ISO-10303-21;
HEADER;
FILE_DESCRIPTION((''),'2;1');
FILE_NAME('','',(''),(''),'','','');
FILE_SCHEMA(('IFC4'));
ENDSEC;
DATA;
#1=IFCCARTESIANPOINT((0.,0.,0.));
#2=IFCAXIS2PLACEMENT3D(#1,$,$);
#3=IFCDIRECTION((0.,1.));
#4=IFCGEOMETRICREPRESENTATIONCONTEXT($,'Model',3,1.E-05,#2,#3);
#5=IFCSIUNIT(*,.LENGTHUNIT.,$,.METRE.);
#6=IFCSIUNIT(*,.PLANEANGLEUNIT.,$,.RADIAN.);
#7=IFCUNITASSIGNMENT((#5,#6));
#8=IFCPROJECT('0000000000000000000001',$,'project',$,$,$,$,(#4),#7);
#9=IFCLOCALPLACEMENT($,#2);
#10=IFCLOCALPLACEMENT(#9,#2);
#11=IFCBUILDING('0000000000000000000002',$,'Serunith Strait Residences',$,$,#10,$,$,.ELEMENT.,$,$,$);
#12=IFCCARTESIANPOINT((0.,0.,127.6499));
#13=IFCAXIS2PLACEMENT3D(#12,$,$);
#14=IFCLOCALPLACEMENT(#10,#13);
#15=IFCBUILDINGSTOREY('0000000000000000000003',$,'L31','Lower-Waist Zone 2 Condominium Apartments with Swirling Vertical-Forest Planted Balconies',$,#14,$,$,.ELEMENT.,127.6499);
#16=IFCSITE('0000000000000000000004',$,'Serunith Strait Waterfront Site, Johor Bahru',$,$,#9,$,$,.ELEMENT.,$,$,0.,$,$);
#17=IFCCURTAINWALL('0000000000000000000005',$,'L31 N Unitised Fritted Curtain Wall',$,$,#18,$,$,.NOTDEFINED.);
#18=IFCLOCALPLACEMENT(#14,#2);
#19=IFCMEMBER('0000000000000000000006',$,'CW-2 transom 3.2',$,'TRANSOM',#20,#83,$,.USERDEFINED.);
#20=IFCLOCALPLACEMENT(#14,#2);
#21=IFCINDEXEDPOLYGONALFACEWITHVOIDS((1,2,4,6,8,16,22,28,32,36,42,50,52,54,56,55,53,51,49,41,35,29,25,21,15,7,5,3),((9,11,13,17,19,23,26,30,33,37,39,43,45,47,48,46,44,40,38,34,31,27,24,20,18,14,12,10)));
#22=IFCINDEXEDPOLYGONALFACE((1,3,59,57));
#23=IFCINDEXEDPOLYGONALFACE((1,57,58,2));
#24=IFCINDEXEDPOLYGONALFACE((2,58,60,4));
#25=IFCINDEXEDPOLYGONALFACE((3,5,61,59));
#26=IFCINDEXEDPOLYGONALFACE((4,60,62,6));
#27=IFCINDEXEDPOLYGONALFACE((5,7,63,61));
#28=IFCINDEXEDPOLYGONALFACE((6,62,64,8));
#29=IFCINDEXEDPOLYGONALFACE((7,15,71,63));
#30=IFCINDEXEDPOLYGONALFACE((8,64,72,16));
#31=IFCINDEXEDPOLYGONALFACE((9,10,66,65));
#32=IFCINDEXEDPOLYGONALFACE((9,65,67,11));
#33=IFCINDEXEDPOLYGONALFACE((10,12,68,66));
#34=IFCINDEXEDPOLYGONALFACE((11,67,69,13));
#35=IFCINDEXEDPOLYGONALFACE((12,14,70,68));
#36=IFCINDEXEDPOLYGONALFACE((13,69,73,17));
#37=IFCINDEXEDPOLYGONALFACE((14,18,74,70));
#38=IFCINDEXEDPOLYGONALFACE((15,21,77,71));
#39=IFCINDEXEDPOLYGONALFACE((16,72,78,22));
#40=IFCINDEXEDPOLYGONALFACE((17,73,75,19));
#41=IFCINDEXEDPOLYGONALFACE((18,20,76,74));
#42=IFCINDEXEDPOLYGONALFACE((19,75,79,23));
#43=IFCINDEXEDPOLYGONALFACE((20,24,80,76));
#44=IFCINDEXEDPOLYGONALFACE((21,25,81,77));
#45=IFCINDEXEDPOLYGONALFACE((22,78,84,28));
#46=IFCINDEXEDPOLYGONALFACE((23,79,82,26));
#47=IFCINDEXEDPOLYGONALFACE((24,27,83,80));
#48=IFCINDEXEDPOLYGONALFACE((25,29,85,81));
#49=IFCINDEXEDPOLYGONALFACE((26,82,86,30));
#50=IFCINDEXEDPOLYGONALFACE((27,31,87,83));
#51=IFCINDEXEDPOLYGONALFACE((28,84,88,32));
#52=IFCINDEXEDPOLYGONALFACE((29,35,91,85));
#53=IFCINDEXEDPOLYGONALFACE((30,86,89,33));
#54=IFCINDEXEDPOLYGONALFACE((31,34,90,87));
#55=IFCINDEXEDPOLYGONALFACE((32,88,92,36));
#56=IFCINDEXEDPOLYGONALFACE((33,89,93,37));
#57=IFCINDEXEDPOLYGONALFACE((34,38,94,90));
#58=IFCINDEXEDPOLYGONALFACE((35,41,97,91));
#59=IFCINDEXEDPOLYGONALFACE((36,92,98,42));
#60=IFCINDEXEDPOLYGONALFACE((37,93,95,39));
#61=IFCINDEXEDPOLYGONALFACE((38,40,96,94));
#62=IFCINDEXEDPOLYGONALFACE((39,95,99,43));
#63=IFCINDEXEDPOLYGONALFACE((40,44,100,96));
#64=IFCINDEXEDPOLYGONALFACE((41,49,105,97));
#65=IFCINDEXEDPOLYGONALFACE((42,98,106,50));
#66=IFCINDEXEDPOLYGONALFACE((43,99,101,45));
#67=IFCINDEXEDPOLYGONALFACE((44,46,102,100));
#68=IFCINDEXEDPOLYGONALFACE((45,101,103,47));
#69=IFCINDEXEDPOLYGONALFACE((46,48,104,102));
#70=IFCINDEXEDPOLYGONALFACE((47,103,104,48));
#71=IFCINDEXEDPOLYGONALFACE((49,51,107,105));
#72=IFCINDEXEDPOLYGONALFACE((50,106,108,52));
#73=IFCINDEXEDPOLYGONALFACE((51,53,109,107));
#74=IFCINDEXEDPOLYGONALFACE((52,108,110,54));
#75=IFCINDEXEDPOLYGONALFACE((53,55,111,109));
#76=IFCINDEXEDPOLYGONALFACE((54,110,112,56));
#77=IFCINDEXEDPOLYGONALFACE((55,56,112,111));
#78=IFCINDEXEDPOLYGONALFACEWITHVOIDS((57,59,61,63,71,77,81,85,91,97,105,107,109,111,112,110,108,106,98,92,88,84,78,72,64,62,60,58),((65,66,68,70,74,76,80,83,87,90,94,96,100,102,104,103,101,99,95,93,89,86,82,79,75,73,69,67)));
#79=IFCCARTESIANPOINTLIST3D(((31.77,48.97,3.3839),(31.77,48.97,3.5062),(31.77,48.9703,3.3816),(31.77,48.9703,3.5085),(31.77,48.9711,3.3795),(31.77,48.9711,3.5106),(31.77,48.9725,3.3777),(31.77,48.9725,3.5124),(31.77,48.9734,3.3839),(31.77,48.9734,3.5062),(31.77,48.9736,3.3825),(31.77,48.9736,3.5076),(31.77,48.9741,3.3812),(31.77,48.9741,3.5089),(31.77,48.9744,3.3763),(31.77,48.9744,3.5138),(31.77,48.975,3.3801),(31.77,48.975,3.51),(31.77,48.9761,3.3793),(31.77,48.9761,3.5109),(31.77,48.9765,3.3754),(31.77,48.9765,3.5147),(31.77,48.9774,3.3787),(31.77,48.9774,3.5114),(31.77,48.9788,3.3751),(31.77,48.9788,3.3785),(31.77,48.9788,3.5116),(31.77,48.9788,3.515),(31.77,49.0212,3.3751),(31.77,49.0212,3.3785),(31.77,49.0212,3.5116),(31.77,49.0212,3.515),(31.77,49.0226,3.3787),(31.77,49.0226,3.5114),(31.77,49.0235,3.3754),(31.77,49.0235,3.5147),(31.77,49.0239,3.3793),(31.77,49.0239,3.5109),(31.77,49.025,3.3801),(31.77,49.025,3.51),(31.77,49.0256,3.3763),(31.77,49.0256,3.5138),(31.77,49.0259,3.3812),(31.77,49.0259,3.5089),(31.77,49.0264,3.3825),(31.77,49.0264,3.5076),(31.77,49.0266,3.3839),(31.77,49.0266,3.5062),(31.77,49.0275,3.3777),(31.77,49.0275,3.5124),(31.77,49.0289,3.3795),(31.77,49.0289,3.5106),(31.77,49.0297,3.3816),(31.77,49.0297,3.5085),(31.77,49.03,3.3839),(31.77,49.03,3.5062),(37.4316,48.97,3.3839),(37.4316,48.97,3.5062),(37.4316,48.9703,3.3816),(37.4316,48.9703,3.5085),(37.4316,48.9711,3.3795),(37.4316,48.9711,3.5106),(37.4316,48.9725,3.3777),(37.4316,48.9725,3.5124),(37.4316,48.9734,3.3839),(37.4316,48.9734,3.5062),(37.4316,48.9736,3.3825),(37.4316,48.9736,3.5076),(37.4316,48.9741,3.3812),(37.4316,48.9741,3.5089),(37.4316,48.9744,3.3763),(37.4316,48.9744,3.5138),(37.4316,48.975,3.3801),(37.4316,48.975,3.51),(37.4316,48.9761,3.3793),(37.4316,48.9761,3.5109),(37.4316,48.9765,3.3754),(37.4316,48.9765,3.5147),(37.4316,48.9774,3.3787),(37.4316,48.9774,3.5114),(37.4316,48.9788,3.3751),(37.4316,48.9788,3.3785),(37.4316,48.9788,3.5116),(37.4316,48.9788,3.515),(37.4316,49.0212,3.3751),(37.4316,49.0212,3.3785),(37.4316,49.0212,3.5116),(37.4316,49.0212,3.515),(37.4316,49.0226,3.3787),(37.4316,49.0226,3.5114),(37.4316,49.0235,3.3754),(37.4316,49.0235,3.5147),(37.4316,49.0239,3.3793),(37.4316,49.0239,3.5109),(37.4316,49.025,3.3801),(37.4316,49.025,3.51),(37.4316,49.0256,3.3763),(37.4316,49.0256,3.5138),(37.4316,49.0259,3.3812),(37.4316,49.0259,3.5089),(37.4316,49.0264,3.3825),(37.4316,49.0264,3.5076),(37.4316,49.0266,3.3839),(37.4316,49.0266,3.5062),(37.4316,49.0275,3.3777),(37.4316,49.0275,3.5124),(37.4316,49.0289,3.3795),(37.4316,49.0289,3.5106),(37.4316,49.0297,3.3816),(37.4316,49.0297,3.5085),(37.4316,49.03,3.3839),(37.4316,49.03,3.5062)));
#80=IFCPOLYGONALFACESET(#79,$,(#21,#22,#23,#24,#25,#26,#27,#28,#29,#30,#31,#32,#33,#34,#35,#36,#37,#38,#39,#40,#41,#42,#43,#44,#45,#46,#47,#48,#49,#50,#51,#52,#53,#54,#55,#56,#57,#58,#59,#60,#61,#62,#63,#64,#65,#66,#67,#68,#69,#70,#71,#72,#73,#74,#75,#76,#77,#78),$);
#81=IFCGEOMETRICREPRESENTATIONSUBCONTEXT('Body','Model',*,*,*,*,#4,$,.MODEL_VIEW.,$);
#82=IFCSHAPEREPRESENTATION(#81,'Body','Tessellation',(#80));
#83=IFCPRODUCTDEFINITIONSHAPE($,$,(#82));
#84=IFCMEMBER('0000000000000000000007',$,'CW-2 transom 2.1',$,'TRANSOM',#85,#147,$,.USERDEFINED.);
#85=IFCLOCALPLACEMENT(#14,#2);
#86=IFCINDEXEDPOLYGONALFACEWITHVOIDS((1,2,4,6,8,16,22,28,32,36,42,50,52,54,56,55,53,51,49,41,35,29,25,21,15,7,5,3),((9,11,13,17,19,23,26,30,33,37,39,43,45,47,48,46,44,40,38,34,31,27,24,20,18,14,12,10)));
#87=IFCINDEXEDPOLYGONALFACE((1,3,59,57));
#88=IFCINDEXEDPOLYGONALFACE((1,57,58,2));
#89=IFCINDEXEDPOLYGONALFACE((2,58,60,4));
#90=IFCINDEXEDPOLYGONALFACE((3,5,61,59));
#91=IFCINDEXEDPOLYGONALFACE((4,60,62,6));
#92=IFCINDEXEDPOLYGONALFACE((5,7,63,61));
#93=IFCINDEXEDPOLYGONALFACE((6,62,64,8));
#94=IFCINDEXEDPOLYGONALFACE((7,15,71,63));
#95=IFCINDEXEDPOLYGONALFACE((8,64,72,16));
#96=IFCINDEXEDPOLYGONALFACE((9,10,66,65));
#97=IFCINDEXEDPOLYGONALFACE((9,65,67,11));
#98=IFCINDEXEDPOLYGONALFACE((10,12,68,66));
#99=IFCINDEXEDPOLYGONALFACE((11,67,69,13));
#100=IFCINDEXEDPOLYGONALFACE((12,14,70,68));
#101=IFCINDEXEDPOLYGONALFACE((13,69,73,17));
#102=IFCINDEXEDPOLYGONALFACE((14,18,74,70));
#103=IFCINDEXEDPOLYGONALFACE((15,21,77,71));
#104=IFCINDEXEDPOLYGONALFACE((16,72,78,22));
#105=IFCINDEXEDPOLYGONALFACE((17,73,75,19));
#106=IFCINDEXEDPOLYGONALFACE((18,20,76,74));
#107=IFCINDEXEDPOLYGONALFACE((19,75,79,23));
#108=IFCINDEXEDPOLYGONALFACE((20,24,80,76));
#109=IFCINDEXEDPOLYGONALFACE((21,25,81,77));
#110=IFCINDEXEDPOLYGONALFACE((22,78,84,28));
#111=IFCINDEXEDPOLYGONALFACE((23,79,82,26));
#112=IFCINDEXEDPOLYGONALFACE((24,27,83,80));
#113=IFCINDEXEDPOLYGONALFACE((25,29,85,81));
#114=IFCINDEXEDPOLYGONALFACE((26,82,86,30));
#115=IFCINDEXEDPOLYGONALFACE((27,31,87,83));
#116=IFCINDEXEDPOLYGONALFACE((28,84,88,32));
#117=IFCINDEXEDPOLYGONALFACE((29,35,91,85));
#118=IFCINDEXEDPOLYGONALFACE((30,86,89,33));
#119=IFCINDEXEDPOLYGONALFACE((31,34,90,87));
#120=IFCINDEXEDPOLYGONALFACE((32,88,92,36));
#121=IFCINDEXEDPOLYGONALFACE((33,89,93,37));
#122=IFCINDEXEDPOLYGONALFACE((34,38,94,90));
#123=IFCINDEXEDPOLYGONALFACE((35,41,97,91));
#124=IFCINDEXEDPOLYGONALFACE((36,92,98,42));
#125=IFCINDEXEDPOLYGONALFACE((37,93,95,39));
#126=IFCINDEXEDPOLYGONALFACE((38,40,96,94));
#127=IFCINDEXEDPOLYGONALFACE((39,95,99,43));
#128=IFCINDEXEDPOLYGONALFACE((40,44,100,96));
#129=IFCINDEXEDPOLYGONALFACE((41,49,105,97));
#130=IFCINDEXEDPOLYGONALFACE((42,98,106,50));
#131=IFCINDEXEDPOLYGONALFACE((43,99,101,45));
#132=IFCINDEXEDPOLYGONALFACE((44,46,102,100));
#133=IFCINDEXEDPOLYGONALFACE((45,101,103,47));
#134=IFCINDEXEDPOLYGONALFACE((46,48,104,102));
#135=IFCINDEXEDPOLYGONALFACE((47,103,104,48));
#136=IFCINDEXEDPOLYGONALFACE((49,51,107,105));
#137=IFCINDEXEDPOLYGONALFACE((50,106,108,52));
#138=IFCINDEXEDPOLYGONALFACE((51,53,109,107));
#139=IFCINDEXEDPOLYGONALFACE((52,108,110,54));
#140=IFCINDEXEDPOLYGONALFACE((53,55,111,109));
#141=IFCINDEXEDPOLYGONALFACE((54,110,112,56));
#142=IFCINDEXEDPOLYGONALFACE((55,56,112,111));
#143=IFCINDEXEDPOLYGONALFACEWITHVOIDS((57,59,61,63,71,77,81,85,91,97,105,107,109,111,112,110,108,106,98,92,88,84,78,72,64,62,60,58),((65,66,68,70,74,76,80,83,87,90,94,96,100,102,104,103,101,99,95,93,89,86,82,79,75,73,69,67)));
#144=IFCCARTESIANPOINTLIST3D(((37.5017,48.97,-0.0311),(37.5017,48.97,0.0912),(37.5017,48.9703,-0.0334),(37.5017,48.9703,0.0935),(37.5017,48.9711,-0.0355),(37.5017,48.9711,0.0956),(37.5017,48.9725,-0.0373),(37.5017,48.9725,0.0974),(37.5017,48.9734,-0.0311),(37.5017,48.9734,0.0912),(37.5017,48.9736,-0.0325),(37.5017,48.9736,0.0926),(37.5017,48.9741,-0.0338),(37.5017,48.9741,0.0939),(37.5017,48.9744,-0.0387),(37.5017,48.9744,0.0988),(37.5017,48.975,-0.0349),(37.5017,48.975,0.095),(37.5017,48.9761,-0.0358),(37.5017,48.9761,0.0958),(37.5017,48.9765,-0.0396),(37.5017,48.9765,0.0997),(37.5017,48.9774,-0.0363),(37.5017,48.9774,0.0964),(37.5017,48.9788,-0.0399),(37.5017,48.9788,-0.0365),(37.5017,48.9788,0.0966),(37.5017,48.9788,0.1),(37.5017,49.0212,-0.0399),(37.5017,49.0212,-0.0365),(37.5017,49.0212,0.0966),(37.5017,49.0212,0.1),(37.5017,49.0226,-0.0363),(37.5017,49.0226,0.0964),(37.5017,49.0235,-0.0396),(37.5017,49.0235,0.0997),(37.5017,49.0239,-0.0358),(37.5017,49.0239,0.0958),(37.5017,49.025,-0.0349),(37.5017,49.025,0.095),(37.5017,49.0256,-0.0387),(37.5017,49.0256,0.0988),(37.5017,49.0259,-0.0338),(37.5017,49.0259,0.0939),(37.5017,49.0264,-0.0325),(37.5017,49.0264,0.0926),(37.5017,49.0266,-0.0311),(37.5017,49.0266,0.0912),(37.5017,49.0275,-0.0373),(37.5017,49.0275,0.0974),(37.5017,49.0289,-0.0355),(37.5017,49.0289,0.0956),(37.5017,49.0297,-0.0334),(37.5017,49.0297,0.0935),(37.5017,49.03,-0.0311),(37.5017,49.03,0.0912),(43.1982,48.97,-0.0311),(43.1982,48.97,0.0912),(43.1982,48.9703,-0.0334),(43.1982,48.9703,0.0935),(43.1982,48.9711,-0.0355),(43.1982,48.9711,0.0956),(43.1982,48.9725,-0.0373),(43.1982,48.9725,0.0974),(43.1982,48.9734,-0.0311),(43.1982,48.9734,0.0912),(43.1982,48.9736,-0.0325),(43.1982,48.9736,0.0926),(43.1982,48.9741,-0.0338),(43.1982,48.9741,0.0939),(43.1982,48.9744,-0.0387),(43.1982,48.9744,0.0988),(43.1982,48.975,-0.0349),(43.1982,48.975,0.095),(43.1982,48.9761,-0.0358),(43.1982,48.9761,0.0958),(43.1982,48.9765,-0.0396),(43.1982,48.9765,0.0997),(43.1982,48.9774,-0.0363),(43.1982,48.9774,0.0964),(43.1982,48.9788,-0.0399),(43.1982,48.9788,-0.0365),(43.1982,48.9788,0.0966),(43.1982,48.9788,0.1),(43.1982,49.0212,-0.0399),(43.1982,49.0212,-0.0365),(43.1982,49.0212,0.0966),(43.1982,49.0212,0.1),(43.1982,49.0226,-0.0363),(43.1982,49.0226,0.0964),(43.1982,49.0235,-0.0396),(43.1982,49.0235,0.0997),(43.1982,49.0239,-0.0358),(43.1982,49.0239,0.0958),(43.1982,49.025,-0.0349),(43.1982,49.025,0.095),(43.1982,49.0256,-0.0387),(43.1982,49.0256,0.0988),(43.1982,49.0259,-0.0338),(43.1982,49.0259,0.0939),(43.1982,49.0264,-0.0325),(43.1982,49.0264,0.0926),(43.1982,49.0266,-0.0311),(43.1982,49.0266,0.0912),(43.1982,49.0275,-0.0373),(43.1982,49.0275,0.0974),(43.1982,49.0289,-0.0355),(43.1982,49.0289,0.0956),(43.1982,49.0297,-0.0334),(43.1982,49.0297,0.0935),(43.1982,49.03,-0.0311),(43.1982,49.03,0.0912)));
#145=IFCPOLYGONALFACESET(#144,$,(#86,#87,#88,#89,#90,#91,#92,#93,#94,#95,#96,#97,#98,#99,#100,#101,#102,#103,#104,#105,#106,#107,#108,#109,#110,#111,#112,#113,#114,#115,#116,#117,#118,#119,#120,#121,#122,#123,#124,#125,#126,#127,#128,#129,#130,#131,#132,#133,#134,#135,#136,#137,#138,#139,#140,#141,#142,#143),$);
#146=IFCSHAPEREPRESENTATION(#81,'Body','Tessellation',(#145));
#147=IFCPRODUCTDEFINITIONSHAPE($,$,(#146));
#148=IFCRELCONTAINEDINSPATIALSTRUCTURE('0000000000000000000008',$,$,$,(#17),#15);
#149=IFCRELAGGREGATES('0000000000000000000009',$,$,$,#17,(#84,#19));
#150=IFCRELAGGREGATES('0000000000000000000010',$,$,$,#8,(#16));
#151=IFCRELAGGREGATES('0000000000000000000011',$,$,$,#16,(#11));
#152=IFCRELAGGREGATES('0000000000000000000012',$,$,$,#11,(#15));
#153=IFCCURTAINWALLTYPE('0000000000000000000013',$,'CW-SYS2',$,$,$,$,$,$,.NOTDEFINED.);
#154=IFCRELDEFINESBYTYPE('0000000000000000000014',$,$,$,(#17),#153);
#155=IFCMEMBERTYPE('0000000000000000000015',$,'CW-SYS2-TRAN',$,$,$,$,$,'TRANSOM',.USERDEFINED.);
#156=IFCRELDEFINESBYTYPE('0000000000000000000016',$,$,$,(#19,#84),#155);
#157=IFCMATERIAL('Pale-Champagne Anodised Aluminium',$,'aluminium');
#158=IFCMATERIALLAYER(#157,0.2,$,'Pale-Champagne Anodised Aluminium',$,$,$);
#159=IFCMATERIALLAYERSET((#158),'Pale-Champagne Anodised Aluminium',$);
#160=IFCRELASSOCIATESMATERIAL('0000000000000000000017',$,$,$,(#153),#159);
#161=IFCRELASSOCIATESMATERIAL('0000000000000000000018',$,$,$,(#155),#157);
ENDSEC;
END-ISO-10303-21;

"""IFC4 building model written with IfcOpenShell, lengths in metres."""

from ifc_helpers import new_model, si_unit, direction, frame, origin, origin_2d, place, context, subcontext, project, spatial, hollow_rectangle, extrude, source, transform, mapped, material, layer, layer_set, material_profile, profile_set, type_object, element, aggregate, save


model = new_model("IFC4")

# Units and contexts
model_context = context("Model", 3, precision=1e-05, world=origin(), true_north=direction((0.0, 1.0)))
body_context = subcontext(model_context, "Body", "Model", "MODEL_VIEW")
ifc_project = project(units=[si_unit("LENGTHUNIT", "METRE"), si_unit("PLANEANGLEUNIT", "RADIAN")], contexts=[model_context])

# Site, building, storey
site_placement = place(None, origin())
site = spatial("IfcSite", under=ifc_project, at=site_placement, Name="Serunith Strait Waterfront Site, Johor Bahru", CompositionType="ELEMENT", RefElevation=0.0)
building_placement = place(site_placement, origin())
building = spatial("IfcBuilding", under=site, at=building_placement, Name="Serunith Strait Residences", CompositionType="ELEMENT")
storey_placement = place(building_placement, frame((0.0, 0.0, 127.6499)))
storey = spatial("IfcBuildingStorey", under=building, at=storey_placement, Name="L31", Description="Lower-Waist Zone 2 Condominium Apartments with Swirling Vertical-Forest Planted Balconies", CompositionType="ELEMENT", Elevation=127.6499)

# Curtain wall, members
ifc_material_1 = material(Name="Pale-Champagne Anodised Aluminium", Category="aluminium")
ifc_layer_1 = layer(ifc_material_1, 0.2, Name="Pale-Champagne Anodised Aluminium")
ifc_layer_set_1 = layer_set([ifc_layer_1], Name="Pale-Champagne Anodised Aluminium")
curtain_wall_type = type_object("IfcCurtainWallType", Name="CW-SYS2", PredefinedType="NOTDEFINED", material=ifc_layer_set_1)
curtain_wall_placement = place(storey_placement, origin())
curtain_wall = element("IfcCurtainWall", 1, at=curtain_wall_placement, inside=storey, type_object=curtain_wall_type, Name="L31 N Unitised Fritted Curtain Wall", PredefinedType="NOTDEFINED")
ifc_material_profile_1 = material_profile(ifc_material_1, hollow_rectangle(XDim=0.0601, YDim=0.1399, WallThickness=0.0034, InnerFilletRadius=0.0054, OuterFilletRadius=0.0088, at=origin_2d()), Name="ALU 140x60x3.5")
ifc_profile_set_1 = profile_set([ifc_material_profile_1], Name="Pale-Champagne Anodised Aluminium")
member_type_1 = type_object("IfcMemberType", Name="CW-SYS2-TRAN", ElementType="TRANSOM", PredefinedType="USERDEFINED", material=ifc_profile_set_1)
shared_shape_1 = source(origin(), body_context, "Body", "SweptSolid", [
    extrude(hollow_rectangle(XDim=0.0601, YDim=0.1399, WallThickness=0.0034, InnerFilletRadius=0.0054, OuterFilletRadius=0.0088, at=origin_2d()), origin(), (0.0, 0.0, 1.0), 5.6616),
])
member_1_placement = place(storey_placement, frame((37.4316, 49.0, 3.4451), z_axis=(-1.0, 0.0, 0.0), x_axis=(0.0, -1.0, 0.0)))
member_1 = element("IfcMember", 2, at=member_1_placement, type_object=member_type_1, Name="CW-2 transom 3.2", ObjectType="TRANSOM", PredefinedType="USERDEFINED", context=body_context, shape_type="MappedRepresentation", body=[
    mapped(shared_shape_1, transform((0.0, 0.0, 0.0), scale=1.0)),
])
shared_shape_2 = source(origin(), body_context, "Body", "SweptSolid", [
    extrude(hollow_rectangle(XDim=0.0601, YDim=0.1399, WallThickness=0.0034, InnerFilletRadius=0.0054, OuterFilletRadius=0.0088, at=origin_2d()), origin(), (0.0, 0.0, 1.0), 5.6965),
])
member_2_placement = place(storey_placement, frame((43.1982, 49.0, 0.03), z_axis=(-1.0, 0.0, 0.0), x_axis=(0.0, -1.0, 0.0)))
member_2 = element("IfcMember", 3, at=member_2_placement, type_object=member_type_1, Name="CW-2 transom 2.1", ObjectType="TRANSOM", PredefinedType="USERDEFINED", context=body_context, shape_type="MappedRepresentation", body=[
    mapped(shared_shape_2, transform((0.0, 0.0, 0.0), scale=1.0)),
])
aggregate(curtain_wall, [member_2, member_1])

save(model, "model.ifc")
